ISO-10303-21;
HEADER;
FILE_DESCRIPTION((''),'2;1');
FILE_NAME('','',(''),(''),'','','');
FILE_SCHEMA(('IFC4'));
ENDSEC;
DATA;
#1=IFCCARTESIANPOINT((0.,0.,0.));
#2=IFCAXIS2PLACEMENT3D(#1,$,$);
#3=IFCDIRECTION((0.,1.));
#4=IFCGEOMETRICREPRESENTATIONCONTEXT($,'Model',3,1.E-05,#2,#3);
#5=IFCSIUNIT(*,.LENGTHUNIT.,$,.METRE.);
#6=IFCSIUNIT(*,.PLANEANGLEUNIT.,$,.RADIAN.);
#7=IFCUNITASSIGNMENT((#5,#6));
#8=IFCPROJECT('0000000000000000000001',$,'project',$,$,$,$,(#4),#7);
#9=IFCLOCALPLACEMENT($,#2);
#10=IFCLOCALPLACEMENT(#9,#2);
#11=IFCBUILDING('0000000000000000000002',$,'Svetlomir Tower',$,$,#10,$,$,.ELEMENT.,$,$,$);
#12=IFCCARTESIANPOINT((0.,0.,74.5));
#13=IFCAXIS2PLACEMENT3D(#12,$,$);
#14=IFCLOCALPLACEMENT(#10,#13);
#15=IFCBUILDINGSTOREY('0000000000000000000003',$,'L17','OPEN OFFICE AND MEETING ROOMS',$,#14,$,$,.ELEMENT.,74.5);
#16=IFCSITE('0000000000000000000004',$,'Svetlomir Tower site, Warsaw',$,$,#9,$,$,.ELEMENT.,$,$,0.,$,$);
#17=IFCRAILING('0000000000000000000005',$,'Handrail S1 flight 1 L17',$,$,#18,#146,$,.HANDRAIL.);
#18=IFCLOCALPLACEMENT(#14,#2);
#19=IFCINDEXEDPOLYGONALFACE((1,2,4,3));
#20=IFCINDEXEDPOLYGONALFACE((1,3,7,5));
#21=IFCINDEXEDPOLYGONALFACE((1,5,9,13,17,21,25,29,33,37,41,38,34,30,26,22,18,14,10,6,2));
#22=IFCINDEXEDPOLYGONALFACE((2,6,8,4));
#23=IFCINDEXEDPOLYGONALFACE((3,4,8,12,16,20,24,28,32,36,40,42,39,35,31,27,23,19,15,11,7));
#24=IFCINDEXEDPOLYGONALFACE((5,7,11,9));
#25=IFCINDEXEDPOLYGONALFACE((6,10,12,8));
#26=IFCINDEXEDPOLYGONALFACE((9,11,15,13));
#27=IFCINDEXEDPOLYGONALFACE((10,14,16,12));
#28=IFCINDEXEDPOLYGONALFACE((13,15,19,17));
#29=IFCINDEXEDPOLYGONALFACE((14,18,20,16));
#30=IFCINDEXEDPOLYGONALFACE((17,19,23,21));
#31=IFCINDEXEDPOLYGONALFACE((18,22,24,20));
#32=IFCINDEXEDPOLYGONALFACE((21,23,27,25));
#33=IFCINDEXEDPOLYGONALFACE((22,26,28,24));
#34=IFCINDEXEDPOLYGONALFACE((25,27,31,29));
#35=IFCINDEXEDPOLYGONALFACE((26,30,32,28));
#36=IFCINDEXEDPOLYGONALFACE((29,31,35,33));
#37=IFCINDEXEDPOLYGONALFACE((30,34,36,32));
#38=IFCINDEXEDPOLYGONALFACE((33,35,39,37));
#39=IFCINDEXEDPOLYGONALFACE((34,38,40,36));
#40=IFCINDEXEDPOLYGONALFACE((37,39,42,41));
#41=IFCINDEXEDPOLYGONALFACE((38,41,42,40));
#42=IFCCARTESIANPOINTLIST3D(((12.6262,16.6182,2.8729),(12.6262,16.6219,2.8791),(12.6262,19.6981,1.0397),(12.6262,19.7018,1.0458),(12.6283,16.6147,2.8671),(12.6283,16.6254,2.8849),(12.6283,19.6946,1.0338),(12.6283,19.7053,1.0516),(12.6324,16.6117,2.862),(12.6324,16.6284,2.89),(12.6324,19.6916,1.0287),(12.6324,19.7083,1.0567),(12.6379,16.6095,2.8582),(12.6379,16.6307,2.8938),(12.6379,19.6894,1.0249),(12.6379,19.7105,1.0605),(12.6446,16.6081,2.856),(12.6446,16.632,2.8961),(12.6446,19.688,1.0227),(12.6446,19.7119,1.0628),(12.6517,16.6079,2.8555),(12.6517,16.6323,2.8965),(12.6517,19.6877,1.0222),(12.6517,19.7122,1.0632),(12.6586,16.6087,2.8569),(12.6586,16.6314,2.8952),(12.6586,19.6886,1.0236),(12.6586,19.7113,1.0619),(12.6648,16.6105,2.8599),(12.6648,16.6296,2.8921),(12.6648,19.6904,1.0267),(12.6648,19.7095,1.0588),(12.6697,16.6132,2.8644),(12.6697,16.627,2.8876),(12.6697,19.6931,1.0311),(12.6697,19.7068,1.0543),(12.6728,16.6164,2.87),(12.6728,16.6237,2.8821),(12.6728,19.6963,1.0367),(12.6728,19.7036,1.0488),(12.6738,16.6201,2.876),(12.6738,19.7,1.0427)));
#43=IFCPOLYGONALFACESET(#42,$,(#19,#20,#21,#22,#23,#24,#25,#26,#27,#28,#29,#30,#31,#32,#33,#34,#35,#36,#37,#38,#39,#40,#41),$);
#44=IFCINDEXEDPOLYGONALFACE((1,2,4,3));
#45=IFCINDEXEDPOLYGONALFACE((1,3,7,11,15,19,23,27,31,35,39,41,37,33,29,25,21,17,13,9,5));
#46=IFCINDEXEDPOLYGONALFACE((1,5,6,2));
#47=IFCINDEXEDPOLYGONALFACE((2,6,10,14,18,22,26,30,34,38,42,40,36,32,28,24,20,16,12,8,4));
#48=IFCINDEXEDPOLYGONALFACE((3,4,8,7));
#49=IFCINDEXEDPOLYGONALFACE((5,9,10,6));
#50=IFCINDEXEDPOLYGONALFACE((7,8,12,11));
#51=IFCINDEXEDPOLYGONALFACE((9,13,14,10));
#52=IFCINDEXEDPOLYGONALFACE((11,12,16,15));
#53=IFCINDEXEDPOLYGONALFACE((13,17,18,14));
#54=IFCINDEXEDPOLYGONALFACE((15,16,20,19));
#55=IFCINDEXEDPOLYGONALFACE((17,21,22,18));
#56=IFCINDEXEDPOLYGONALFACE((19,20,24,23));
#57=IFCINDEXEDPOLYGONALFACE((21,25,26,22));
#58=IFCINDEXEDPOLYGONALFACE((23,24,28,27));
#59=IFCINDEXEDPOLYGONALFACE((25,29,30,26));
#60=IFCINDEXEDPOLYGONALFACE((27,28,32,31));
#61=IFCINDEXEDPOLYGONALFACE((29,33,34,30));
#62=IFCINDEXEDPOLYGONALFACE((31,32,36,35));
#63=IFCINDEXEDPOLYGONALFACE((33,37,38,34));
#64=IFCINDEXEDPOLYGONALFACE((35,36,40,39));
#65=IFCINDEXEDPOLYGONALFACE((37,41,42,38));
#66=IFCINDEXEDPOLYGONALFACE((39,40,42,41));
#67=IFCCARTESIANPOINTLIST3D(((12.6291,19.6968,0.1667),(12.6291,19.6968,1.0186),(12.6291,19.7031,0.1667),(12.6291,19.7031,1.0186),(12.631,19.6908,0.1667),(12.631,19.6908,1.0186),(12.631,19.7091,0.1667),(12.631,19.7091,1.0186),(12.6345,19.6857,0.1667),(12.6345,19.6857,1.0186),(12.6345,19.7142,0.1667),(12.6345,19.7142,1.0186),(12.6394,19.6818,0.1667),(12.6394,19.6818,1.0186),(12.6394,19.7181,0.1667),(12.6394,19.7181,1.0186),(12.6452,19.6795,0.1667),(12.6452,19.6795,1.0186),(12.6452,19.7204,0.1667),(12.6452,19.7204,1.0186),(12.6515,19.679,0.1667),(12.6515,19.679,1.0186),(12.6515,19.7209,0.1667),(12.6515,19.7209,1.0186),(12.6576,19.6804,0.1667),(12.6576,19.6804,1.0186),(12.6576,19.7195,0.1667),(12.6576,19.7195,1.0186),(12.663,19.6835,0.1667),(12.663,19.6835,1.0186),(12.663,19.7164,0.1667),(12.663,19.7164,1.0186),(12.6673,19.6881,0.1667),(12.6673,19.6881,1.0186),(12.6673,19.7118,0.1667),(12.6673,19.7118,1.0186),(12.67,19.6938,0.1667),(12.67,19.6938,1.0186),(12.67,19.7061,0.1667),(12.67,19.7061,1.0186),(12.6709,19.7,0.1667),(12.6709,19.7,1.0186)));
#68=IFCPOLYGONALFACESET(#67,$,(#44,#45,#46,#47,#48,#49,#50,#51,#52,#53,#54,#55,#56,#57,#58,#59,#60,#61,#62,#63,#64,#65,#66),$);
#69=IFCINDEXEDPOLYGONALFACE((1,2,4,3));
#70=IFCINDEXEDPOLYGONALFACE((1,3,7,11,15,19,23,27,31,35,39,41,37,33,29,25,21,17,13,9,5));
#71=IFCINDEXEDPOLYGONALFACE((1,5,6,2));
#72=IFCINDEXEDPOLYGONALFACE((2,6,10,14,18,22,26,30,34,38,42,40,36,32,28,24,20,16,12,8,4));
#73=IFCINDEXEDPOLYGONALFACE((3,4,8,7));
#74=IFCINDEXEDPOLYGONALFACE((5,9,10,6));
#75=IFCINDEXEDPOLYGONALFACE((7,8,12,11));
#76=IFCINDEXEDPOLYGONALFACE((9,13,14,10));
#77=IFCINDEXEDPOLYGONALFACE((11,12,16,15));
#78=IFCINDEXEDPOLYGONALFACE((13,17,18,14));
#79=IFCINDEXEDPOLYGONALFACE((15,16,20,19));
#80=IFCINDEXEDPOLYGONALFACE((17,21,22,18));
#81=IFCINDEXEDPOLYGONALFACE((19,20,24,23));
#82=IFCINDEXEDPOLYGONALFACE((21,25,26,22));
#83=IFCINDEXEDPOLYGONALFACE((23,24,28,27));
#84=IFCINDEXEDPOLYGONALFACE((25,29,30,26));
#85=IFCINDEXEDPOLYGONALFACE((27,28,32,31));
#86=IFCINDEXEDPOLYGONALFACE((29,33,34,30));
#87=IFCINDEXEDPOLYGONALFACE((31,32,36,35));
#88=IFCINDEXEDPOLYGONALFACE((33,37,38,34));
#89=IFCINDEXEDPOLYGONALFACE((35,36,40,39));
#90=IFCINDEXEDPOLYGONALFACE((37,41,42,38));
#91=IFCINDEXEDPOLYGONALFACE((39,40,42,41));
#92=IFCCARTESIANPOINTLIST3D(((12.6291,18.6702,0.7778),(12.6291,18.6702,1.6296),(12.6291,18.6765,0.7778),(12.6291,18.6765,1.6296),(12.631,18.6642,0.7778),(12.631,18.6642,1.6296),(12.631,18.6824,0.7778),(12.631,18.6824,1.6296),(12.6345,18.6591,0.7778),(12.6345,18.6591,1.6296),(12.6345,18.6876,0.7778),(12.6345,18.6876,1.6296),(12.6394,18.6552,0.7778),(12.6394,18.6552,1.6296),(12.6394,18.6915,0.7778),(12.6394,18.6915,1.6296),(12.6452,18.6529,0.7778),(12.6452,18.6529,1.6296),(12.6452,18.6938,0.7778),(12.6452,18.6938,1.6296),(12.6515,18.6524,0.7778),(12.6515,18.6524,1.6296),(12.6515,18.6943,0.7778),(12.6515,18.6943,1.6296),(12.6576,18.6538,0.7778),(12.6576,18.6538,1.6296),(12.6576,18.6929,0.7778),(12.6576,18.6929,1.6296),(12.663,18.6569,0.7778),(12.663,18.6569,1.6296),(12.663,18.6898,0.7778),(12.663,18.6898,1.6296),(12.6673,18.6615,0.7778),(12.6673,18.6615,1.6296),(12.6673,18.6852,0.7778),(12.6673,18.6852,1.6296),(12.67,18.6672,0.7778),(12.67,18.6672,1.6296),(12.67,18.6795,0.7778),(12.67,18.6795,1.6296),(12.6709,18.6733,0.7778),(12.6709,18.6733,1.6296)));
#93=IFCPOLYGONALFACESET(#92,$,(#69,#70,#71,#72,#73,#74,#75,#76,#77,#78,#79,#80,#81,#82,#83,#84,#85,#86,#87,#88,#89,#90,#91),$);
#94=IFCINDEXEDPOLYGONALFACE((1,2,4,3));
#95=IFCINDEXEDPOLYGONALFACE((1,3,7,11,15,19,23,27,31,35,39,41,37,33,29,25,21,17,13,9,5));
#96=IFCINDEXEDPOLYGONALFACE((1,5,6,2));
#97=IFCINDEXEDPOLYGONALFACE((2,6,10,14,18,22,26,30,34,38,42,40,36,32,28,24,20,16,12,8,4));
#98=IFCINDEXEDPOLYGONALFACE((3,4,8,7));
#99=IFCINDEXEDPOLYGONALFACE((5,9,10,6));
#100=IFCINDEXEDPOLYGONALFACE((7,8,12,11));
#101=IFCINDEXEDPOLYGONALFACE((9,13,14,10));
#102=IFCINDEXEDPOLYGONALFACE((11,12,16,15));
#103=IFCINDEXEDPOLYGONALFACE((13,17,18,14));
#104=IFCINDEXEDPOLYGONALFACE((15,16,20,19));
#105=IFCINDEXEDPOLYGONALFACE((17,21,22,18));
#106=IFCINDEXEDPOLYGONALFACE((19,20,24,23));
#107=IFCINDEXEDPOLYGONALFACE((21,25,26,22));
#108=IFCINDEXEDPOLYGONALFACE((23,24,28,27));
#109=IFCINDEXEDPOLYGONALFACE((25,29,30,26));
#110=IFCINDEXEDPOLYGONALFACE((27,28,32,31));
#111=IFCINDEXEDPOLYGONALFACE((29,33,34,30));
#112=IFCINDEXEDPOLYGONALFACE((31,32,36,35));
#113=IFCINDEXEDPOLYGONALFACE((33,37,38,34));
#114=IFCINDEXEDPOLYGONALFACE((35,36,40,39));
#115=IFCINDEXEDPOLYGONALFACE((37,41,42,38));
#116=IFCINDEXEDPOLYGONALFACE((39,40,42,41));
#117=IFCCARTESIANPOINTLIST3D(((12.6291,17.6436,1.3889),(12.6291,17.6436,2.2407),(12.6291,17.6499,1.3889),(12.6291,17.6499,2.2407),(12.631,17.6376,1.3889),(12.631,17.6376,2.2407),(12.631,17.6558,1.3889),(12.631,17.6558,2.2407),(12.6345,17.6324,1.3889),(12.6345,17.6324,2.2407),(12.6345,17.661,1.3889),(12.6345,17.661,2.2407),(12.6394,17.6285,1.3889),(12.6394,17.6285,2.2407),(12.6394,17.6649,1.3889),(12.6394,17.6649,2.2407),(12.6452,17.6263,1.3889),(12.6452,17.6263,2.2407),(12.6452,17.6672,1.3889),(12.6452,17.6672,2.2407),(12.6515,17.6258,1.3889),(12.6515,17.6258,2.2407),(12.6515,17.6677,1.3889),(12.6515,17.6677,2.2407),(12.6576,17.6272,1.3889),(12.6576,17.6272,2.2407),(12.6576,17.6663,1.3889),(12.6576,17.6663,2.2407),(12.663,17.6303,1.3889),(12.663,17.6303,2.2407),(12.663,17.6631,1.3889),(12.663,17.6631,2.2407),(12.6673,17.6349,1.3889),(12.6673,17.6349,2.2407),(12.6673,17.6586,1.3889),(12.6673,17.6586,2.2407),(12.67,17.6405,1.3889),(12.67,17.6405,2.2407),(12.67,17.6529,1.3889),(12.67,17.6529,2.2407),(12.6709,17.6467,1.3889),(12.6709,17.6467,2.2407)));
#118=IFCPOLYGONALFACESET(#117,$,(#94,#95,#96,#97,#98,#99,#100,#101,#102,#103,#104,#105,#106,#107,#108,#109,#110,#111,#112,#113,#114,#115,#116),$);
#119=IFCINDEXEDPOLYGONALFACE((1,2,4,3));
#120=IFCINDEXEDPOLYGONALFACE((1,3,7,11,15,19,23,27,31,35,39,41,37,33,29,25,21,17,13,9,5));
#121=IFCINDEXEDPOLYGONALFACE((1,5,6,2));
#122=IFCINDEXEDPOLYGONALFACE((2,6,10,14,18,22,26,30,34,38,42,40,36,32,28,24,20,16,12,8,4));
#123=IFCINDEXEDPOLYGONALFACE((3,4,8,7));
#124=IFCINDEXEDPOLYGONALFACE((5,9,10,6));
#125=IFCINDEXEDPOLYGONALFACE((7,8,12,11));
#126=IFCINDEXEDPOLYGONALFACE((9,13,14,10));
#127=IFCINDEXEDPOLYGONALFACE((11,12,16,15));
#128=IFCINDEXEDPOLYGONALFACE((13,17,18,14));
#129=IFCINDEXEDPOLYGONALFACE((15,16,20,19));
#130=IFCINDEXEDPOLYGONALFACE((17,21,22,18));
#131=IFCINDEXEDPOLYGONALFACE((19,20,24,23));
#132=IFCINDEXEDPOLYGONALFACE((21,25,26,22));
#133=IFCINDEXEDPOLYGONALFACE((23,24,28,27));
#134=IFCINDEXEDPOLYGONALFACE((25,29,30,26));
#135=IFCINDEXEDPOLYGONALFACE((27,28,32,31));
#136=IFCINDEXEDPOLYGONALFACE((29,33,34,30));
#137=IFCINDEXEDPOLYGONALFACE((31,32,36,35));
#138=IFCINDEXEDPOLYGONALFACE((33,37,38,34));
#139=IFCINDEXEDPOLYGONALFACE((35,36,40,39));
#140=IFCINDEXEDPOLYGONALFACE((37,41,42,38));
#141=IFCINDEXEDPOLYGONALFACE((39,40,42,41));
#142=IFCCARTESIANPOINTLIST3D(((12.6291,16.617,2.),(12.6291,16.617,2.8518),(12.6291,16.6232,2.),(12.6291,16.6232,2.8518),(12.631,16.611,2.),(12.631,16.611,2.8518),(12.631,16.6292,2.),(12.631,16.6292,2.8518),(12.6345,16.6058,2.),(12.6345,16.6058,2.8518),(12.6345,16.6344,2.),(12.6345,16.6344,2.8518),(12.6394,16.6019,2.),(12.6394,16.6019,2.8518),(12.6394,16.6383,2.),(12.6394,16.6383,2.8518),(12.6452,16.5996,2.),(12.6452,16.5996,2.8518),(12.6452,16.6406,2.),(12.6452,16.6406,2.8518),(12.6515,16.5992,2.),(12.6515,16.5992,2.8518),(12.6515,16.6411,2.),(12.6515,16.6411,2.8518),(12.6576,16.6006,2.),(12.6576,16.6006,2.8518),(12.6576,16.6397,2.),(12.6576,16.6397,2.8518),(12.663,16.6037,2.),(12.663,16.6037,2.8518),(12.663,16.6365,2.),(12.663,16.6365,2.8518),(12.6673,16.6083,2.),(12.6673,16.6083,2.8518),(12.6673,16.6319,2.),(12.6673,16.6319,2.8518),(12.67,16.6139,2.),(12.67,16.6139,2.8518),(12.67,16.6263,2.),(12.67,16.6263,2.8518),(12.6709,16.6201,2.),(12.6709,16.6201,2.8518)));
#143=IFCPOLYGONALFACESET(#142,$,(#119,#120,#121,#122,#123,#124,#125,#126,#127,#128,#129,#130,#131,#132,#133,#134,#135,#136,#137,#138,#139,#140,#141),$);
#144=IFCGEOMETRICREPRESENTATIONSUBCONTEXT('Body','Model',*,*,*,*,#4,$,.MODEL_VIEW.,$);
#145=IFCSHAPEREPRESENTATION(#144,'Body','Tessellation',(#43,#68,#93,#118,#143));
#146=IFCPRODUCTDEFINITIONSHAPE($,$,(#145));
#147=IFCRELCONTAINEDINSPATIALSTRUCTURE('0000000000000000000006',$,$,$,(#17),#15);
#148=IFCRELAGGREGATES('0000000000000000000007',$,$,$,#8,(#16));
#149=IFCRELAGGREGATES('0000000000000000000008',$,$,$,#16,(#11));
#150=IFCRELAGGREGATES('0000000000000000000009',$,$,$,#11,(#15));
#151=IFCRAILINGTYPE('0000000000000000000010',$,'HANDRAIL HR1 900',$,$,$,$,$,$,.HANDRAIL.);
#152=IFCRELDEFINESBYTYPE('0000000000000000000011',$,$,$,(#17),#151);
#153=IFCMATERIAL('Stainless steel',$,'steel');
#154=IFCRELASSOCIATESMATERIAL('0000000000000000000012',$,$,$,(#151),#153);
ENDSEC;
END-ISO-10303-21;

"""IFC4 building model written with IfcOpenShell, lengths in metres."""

from ifc_helpers import new_model, si_unit, direction, frame, origin, origin_2d, place, context, subcontext, project, spatial, circle, extrude, material, type_object, element, save


model = new_model("IFC4")

# Units and contexts
model_context = context("Model", 3, precision=1e-05, world=origin(), true_north=direction((0.0, 1.0)))
body_context = subcontext(model_context, "Body", "Model", "MODEL_VIEW")
ifc_project = project(units=[si_unit("LENGTHUNIT", "METRE"), si_unit("PLANEANGLEUNIT", "RADIAN")], contexts=[model_context])

# Site, building, storey
site_placement = place(None, origin())
site = spatial("IfcSite", under=ifc_project, at=site_placement, Name="Svetlomir Tower site, Warsaw", CompositionType="ELEMENT", RefElevation=0.0)
building_placement = place(site_placement, origin())
building = spatial("IfcBuilding", under=site, at=building_placement, Name="Svetlomir Tower", CompositionType="ELEMENT")
storey_placement = place(building_placement, frame((0.0, 0.0, 74.5)))
storey = spatial("IfcBuildingStorey", under=building, at=storey_placement, Name="L17", Description="OPEN OFFICE AND MEETING ROOMS", CompositionType="ELEMENT", Elevation=74.5)

# Railing
ifc_material_1 = material(Name="Stainless steel", Category="steel")
railing_type = type_object("IfcRailingType", Name="HANDRAIL HR1 900", PredefinedType="HANDRAIL", material=ifc_material_1)
railing_1_placement = place(storey_placement, frame((12.6499, 19.7, 0.1667)))
element("IfcRailing", 1, at=railing_1_placement, inside=storey, type_object=railing_type, Name="Handrail S1 flight 1 L17", PredefinedType="HANDRAIL", context=body_context, shape_type="SweptSolid", body=[
    extrude(circle(Radius=0.0239, at=origin_2d()), frame((0.0, 0.0, 0.876), z_axis=(0.0, -0.859291, 0.511487), x_axis=(1.0, 0.0, 0.0)), (0.0, 0.0, 1.0), 3.5842),
    extrude(circle(Radius=0.021, at=origin_2d()), origin(), (0.0, 0.0, 1.0), 0.8518),
    extrude(circle(Radius=0.021, at=origin_2d()), frame((0.0, -1.0266, 0.6111)), (0.0, 0.0, 1.0), 0.8518),
    extrude(circle(Radius=0.021, at=origin_2d()), frame((0.0, -2.0532, 1.2222)), (0.0, 0.0, 1.0), 0.8518),
    extrude(circle(Radius=0.021, at=origin_2d()), frame((0.0, -3.0798, 1.8333)), (0.0, 0.0, 1.0), 0.8518),
])

save(model, "model.ifc")
